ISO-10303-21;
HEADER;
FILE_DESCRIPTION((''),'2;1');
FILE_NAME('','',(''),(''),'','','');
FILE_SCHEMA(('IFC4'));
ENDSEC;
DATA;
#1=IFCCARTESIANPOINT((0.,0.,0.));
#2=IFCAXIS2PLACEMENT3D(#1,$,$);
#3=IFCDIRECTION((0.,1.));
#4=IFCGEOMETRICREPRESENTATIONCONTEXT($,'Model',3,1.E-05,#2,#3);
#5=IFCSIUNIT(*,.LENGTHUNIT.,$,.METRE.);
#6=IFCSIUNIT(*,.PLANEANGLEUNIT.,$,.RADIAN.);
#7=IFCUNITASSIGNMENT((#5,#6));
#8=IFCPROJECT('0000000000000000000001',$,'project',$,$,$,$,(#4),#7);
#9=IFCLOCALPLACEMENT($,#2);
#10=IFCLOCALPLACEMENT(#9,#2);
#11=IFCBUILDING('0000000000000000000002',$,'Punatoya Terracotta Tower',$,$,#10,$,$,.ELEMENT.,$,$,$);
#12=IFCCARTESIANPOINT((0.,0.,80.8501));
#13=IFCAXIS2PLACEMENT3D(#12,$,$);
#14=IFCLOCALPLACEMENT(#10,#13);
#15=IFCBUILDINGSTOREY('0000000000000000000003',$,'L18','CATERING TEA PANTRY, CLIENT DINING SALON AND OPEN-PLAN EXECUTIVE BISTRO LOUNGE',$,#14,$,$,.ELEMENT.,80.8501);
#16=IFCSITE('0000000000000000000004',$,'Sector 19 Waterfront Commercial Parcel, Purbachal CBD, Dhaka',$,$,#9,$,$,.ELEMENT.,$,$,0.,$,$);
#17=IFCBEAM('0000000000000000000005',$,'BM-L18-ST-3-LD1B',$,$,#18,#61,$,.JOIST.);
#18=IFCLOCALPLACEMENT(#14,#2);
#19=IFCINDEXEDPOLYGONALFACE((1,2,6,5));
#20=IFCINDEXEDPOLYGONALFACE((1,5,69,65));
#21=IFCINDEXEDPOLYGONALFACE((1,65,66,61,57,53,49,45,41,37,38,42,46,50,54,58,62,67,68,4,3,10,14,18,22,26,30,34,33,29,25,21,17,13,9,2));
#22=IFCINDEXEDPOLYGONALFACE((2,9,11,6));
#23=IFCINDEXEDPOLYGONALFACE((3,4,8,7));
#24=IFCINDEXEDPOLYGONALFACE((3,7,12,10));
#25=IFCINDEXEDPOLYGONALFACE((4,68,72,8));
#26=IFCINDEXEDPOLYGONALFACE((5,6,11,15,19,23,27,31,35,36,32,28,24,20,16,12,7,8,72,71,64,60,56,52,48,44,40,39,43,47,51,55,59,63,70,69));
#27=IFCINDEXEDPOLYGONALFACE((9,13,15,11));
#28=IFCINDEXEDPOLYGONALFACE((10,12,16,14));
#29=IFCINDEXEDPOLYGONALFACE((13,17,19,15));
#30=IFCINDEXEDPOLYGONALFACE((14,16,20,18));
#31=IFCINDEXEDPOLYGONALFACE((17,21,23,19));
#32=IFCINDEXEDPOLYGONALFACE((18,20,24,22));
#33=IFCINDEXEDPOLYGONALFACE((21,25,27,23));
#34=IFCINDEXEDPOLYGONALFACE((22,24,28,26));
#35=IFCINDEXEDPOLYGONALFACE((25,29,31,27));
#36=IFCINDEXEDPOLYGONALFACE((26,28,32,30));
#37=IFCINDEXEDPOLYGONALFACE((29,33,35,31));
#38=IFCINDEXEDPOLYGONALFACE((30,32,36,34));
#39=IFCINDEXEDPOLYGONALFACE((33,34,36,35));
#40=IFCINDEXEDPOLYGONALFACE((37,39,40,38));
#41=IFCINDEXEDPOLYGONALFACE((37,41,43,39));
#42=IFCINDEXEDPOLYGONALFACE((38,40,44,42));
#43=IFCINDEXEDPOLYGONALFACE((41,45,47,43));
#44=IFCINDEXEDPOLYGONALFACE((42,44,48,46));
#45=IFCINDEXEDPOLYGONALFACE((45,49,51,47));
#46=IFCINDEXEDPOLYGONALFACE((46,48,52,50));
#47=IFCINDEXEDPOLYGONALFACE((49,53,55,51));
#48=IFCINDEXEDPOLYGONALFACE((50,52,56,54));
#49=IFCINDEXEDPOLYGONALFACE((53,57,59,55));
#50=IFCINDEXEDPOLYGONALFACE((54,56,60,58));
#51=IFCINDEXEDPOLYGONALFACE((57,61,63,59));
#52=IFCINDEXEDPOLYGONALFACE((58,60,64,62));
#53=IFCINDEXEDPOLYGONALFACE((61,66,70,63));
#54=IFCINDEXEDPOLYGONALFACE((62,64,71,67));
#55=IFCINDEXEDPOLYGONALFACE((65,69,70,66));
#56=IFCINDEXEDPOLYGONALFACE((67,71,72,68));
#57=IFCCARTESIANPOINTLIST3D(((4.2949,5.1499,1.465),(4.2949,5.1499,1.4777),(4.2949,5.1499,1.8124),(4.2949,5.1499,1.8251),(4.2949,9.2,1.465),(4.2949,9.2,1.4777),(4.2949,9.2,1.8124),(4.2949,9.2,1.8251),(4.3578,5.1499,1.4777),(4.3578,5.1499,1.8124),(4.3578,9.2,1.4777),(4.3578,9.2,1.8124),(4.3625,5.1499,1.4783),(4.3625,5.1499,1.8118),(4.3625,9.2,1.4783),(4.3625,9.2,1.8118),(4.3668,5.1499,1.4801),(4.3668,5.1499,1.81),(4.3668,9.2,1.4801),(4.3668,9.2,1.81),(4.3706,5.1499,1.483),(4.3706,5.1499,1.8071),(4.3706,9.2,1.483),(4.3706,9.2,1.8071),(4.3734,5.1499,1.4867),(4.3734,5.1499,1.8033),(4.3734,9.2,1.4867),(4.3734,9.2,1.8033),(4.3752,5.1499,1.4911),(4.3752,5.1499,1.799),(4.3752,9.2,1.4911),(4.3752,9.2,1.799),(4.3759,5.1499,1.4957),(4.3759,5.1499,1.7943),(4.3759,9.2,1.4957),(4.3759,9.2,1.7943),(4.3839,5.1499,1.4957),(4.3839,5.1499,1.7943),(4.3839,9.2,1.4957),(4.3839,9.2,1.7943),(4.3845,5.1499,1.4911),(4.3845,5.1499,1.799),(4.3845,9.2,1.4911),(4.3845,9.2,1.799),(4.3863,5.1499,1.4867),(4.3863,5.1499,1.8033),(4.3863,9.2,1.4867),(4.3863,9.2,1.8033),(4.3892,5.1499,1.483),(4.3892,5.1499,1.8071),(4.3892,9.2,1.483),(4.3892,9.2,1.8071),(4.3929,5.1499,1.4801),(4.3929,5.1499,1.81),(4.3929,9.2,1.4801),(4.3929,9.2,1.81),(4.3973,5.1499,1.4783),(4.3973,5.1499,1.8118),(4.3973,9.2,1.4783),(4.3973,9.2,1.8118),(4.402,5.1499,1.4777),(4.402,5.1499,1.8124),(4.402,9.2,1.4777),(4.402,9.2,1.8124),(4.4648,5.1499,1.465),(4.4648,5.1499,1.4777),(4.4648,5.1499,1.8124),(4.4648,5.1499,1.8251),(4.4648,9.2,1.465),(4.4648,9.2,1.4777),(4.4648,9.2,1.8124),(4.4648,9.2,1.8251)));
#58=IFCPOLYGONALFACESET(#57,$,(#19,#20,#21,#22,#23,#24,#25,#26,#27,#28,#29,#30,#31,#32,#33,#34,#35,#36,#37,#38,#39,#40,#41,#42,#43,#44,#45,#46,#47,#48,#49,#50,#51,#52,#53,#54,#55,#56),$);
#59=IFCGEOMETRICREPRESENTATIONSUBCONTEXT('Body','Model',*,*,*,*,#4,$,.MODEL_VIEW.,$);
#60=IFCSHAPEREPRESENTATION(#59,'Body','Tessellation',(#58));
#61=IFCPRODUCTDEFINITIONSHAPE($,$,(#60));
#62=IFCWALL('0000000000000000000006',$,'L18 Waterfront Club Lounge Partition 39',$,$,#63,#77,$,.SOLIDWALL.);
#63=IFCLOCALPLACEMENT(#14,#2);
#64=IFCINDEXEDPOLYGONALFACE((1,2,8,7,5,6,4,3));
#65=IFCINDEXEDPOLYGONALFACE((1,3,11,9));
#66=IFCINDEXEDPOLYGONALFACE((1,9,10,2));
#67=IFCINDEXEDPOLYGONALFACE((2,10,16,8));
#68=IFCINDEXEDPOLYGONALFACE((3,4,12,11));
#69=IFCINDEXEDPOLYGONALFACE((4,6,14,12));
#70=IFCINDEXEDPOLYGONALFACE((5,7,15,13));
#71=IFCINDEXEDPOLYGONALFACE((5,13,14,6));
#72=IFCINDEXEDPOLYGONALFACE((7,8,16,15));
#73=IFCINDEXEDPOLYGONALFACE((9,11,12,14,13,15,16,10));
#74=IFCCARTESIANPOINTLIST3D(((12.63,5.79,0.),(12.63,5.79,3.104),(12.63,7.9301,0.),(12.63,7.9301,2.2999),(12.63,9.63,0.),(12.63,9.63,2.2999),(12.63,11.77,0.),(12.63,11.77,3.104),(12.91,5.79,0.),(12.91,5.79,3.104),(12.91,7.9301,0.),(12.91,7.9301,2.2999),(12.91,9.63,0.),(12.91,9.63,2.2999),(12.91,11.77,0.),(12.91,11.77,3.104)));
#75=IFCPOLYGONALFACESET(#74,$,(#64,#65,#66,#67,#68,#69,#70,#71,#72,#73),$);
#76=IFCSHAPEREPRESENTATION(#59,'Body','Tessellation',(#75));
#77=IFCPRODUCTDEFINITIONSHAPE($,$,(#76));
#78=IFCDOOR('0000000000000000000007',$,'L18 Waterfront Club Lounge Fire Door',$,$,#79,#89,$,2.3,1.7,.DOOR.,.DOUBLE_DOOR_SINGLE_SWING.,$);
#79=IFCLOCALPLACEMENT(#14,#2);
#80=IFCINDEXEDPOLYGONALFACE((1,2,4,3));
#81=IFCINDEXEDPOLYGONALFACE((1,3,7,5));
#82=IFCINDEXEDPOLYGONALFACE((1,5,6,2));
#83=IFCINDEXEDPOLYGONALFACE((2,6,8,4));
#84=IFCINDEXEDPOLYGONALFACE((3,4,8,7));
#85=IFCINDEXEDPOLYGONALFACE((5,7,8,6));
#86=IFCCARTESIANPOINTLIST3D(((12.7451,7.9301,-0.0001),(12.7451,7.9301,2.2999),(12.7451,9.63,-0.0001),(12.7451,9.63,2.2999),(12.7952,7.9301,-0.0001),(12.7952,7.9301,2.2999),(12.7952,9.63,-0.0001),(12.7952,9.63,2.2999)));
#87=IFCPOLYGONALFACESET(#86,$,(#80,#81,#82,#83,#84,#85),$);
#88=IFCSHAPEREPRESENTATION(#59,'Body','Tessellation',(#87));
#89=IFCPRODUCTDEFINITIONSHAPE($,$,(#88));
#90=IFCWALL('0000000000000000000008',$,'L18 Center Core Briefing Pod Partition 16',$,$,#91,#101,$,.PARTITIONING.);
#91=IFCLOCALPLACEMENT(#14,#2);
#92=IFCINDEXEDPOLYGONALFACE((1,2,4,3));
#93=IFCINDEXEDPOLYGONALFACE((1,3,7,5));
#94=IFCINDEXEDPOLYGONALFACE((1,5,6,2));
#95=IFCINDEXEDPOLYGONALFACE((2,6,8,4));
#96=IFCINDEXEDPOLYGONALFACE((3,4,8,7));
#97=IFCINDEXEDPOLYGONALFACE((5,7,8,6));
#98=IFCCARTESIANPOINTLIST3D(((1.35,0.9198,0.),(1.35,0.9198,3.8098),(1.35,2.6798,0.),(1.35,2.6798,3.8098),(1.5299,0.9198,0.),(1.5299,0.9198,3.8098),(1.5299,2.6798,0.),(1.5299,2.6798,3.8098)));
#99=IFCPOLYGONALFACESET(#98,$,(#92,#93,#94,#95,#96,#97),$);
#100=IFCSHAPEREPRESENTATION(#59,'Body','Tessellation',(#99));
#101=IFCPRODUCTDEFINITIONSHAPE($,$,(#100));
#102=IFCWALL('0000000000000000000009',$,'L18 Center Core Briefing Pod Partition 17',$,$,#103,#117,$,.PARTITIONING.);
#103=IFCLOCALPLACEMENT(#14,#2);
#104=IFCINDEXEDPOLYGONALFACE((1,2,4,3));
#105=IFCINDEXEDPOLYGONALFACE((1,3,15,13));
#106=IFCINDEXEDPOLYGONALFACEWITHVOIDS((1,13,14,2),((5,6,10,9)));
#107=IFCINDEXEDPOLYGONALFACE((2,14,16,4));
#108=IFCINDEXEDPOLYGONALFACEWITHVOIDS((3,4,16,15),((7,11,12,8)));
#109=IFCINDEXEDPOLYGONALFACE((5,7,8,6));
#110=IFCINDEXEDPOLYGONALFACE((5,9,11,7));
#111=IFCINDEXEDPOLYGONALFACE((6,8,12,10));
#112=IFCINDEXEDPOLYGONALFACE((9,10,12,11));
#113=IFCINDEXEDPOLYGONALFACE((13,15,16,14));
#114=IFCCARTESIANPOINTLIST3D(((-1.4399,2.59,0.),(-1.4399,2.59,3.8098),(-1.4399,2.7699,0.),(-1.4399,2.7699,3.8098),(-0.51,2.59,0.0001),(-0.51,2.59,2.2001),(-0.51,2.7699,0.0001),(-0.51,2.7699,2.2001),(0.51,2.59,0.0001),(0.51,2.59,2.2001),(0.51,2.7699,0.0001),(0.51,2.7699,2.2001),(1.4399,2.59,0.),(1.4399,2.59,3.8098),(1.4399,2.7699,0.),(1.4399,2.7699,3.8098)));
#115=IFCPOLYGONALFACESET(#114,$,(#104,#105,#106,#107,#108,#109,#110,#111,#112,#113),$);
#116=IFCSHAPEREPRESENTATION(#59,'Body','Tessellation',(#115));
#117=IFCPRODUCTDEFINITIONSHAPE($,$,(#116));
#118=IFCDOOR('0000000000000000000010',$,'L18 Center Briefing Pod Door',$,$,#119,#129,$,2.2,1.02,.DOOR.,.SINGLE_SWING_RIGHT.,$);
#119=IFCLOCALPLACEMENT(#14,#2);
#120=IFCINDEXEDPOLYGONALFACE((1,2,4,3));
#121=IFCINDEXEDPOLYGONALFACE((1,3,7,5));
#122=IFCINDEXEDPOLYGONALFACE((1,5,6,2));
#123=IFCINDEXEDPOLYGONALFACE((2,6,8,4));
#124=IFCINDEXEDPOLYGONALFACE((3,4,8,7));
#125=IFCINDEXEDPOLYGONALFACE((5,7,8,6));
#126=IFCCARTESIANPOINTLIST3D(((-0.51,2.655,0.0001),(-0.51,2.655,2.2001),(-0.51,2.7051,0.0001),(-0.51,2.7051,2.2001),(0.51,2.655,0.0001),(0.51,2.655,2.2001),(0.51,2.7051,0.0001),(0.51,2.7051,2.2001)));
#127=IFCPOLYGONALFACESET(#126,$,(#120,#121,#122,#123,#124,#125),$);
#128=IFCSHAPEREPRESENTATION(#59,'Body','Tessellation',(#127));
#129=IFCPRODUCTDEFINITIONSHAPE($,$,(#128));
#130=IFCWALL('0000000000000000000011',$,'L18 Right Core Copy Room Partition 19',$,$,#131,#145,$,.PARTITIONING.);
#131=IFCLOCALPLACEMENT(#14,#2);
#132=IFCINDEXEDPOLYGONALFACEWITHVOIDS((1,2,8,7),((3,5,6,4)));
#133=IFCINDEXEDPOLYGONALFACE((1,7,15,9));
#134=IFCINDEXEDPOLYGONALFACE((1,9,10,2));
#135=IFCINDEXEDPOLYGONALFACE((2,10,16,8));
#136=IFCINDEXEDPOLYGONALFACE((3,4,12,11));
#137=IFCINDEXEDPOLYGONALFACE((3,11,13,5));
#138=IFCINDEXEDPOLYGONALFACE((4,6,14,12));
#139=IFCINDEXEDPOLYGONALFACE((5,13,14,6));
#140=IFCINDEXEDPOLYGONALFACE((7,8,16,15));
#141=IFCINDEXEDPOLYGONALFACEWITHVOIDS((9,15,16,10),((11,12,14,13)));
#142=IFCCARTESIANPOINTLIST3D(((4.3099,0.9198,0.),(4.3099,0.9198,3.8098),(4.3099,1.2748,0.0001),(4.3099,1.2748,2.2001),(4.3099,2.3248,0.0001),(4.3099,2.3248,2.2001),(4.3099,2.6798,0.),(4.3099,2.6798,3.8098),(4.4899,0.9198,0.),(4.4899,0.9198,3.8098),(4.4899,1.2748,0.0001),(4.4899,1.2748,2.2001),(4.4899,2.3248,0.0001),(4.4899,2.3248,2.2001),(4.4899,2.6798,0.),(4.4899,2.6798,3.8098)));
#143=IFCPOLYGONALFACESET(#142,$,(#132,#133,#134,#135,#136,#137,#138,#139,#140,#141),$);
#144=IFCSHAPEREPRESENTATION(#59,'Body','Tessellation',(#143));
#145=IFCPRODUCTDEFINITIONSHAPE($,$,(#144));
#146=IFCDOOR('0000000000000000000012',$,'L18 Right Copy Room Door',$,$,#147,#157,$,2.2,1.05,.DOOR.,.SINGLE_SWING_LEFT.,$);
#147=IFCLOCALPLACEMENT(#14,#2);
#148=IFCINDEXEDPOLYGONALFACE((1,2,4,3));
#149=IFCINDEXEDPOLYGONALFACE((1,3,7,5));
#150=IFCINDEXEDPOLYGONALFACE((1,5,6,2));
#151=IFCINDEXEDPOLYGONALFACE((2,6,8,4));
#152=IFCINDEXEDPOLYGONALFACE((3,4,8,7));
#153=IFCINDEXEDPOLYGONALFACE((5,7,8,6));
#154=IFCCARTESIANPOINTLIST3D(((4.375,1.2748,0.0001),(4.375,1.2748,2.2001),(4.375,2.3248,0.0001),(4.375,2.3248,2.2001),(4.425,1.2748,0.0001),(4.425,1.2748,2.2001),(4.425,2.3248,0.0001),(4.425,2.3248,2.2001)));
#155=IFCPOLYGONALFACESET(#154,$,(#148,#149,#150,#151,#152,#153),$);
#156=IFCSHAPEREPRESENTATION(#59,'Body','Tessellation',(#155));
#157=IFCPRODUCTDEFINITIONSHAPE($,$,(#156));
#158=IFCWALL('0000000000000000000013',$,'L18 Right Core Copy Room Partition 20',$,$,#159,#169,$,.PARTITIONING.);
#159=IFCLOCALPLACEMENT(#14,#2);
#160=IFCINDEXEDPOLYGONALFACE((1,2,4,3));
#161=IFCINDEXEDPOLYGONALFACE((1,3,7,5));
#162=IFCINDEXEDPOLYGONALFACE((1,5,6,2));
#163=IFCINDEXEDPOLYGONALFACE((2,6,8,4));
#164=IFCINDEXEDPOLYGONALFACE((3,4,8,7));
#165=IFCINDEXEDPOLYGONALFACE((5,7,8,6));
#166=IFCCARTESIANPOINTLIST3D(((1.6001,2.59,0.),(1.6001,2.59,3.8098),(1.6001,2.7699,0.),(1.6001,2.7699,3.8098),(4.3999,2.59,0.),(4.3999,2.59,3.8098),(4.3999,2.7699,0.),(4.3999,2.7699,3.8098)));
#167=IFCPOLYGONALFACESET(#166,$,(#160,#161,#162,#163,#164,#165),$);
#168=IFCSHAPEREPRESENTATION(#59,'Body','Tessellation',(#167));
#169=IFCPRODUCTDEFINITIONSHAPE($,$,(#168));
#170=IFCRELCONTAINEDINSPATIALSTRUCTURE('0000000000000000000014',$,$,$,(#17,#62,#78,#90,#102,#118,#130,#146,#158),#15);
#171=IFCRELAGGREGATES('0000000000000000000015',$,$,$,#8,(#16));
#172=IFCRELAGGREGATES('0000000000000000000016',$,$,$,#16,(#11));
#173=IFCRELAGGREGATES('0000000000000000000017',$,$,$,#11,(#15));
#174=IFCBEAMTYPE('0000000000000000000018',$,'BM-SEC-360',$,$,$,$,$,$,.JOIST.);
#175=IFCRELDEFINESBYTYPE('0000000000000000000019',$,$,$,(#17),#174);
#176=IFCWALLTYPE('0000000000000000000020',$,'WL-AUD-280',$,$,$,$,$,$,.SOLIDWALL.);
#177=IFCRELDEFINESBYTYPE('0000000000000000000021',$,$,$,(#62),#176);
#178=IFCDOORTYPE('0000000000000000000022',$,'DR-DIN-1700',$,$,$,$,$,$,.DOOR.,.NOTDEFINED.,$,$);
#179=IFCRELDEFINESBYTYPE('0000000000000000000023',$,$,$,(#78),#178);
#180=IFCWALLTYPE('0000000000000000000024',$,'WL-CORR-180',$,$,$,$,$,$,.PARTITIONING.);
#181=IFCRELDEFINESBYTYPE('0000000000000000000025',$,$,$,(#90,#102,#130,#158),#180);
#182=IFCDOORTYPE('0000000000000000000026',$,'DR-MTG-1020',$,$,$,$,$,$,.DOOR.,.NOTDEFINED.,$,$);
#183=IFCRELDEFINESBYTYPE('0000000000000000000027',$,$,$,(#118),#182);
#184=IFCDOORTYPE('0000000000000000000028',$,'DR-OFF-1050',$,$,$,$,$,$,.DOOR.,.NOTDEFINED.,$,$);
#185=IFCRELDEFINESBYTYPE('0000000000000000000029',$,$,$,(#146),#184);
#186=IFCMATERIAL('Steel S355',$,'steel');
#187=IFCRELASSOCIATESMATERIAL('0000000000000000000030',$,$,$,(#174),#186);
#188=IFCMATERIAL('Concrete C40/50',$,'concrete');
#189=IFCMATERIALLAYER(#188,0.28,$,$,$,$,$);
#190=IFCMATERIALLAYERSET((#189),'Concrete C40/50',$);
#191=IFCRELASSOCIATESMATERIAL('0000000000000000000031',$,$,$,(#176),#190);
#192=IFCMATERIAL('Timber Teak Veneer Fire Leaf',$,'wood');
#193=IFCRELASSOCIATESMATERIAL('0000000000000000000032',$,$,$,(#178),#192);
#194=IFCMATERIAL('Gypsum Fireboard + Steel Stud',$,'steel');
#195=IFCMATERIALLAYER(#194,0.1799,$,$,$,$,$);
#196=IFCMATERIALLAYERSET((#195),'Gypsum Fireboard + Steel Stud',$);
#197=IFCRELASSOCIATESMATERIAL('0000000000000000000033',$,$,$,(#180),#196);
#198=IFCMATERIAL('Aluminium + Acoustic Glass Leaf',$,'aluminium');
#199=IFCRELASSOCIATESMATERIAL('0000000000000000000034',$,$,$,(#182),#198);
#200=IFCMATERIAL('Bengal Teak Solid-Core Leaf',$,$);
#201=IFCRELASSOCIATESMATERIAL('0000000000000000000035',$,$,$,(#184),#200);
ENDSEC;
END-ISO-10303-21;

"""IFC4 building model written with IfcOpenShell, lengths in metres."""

from ifc_helpers import new_model, si_unit, direction, frame, frame_2d, origin, origin_2d, place, context, subcontext, project, spatial, rectangle, i_section, extrude, material, layer, layer_set, material_profile, profile_set, type_object, element, fill, save


model = new_model("IFC4")

# Units and contexts
model_context = context("Model", 3, precision=1e-05, world=origin(), true_north=direction((0.0, 1.0)))
body_context = subcontext(model_context, "Body", "Model", "MODEL_VIEW")
ifc_project = project(units=[si_unit("LENGTHUNIT", "METRE"), si_unit("PLANEANGLEUNIT", "RADIAN")], contexts=[model_context])

# Site, building, storey
site_placement = place(None, origin())
site = spatial("IfcSite", under=ifc_project, at=site_placement, Name="Sector 19 Waterfront Commercial Parcel, Purbachal CBD, Dhaka", CompositionType="ELEMENT", RefElevation=0.0)
building_placement = place(site_placement, origin())
building = spatial("IfcBuilding", under=site, at=building_placement, Name="Punatoya Terracotta Tower", CompositionType="ELEMENT")
storey_placement = place(building_placement, frame((0.0, 0.0, 80.8501)))
storey = spatial("IfcBuildingStorey", under=building, at=storey_placement, Name="L18", Description="CATERING TEA PANTRY, CLIENT DINING SALON AND OPEN-PLAN EXECUTIVE BISTRO LOUNGE", CompositionType="ELEMENT", Elevation=80.8501)

# Beam
ifc_material_1 = material(Name="Steel S355", Category="steel")
ifc_material_profile_1 = material_profile(ifc_material_1, i_section(OverallWidth=0.1699, OverallDepth=0.3601, WebThickness=0.0081, FlangeThickness=0.0127, FilletRadius=0.0181, at=origin_2d()))
ifc_profile_set_1 = profile_set([ifc_material_profile_1], Name="Steel S355")
beam_type_1 = type_object("IfcBeamType", Name="BM-SEC-360", PredefinedType="JOIST", material=ifc_profile_set_1)
for number, where, z_axis, x_axis, name in (
    (1, (4.3799, 5.1499, 1.645), (0.0, 1.0, 0.0), (-1.0, 0.0, 0.0), "BM-L18-ST-3-LD1B"),
):
    element("IfcBeam", number, at=place(storey_placement, frame(where, z_axis=z_axis, x_axis=x_axis)), inside=storey, type_object=beam_type_1, Name=name, PredefinedType="JOIST", context=body_context, shape_type="SweptSolid", body=[
        extrude(i_section(OverallWidth=0.1699, OverallDepth=0.3601, WebThickness=0.0081, FlangeThickness=0.0127, FilletRadius=0.0181, at=origin_2d()), origin(), (0.0, 0.0, 1.0), 4.05),
    ])

# Wall, opening, door
ifc_material_2 = material(Name="Concrete C40/50", Category="concrete")
ifc_layer_1 = layer(ifc_material_2, 0.28)
ifc_layer_set_1 = layer_set([ifc_layer_1], Name="Concrete C40/50")
wall_type_1 = type_object("IfcWallType", Name="WL-AUD-280", PredefinedType="SOLIDWALL", material=ifc_layer_set_1)
wall_1_placement = place(storey_placement, frame((12.77, 5.79, 0.0), z_axis=(0.0, 0.0, 1.0), x_axis=(0.0, 1.0, 0.0)))
wall_1 = element("IfcWall", 2, at=wall_1_placement, inside=storey, type_object=wall_type_1, Name="L18 Waterfront Club Lounge Partition 39", PredefinedType="SOLIDWALL", context=body_context, shape_type="SweptSolid", body=[
    extrude(rectangle(XDim=5.98, YDim=0.28, at=frame_2d((2.99, 0.0))), origin(), (0.0, 0.0, 1.0), 3.104),
])
opening_1_placement = place(wall_1_placement, frame((2.1399, 0.0, 0.0)))
opening_1 = element("IfcOpeningElement", 3, at=opening_1_placement, cuts=wall_1, PredefinedType="OPENING", context=body_context, shape_type="SweptSolid", body=[
    extrude(rectangle(XDim=1.7, YDim=2.3, at=frame_2d((0.8501, 1.1499))), frame((0.0, 0.1499, 0.0), z_axis=(0.0, -1.0, 0.0), x_axis=(1.0, 0.0, 0.0)), (0.0, 0.0, 1.0), 0.3),
])
ifc_material_3 = material(Name="Timber Teak Veneer Fire Leaf", Category="wood")
door_type_1 = type_object("IfcDoorType", Name="DR-DIN-1700", OperationType="NOTDEFINED", PredefinedType="DOOR", material=ifc_material_3)
door_1_placement = place(opening_1_placement, origin())
door_1 = element("IfcDoor", 4, at=door_1_placement, inside=storey, type_object=door_type_1, Name="L18 Waterfront Club Lounge Fire Door", OperationType="DOUBLE_DOOR_SINGLE_SWING", OverallHeight=2.3, OverallWidth=1.7, PredefinedType="DOOR", context=body_context, shape_type="SweptSolid", body=[
    extrude(rectangle(XDim=1.7, YDim=2.3, at=frame_2d((0.8501, 1.1499))), frame((0.0, 0.0249, 0.0), z_axis=(0.0, -1.0, 0.0), x_axis=(1.0, 0.0, 0.0)), (0.0, 0.0, 1.0), 0.05),
])
fill(opening_1, door_1)

# Wall
ifc_material_4 = material(Name="Gypsum Fireboard + Steel Stud", Category="steel")
ifc_layer_2 = layer(ifc_material_4, 0.1799)
ifc_layer_set_2 = layer_set([ifc_layer_2], Name="Gypsum Fireboard + Steel Stud")
wall_type_2 = type_object("IfcWallType", Name="WL-CORR-180", PredefinedType="PARTITIONING", material=ifc_layer_set_2)
wall_2_placement = place(storey_placement, frame((1.4399, 0.9199, 0.0), z_axis=(0.0, 0.0, 1.0), x_axis=(0.0, 1.0, 0.0)))
element("IfcWall", 5, at=wall_2_placement, inside=storey, type_object=wall_type_2, Name="L18 Center Core Briefing Pod Partition 16", PredefinedType="PARTITIONING", context=body_context, shape_type="SweptSolid", body=[
    extrude(rectangle(XDim=1.76, YDim=0.1799, at=frame_2d((0.8799, 0.0))), origin(), (0.0, 0.0, 1.0), 3.8098),
])

# Walls, openings, doors
wall_3_placement = place(storey_placement, frame((1.4399, 2.6799, 0.0), z_axis=(0.0, 0.0, 1.0), x_axis=(-1.0, 0.0, 0.0)))
wall_3 = element("IfcWall", 6, at=wall_3_placement, inside=storey, type_object=wall_type_2, Name="L18 Center Core Briefing Pod Partition 17", PredefinedType="PARTITIONING", context=body_context, shape_type="SweptSolid", body=[
    extrude(rectangle(XDim=2.8799, YDim=0.1799, at=frame_2d((1.4399, 0.0))), origin(), (0.0, 0.0, 1.0), 3.8098),
])
opening_2_placement = place(wall_3_placement, frame((0.9299, 0.0, 0.0)))
opening_2 = element("IfcOpeningElement", 7, at=opening_2_placement, cuts=wall_3, PredefinedType="OPENING", context=body_context, shape_type="SweptSolid", body=[
    extrude(rectangle(XDim=1.02, YDim=2.2, at=frame_2d((0.51, 1.1001))), frame((0.0, 0.0999, 0.0), z_axis=(0.0, -1.0, 0.0), x_axis=(1.0, 0.0, 0.0)), (0.0, 0.0, 1.0), 0.2),
])
ifc_material_5 = material(Name="Aluminium + Acoustic Glass Leaf", Category="aluminium")
door_type_2 = type_object("IfcDoorType", Name="DR-MTG-1020", OperationType="NOTDEFINED", PredefinedType="DOOR", material=ifc_material_5)
door_2_placement = place(opening_2_placement, origin())
door_2 = element("IfcDoor", 8, at=door_2_placement, inside=storey, type_object=door_type_2, Name="L18 Center Briefing Pod Door", OperationType="SINGLE_SWING_RIGHT", OverallHeight=2.2, OverallWidth=1.02, PredefinedType="DOOR", context=body_context, shape_type="SweptSolid", body=[
    extrude(rectangle(XDim=1.02, YDim=2.2, at=frame_2d((0.51, 1.1001))), frame((0.0, 0.0249, 0.0), z_axis=(0.0, -1.0, 0.0), x_axis=(1.0, 0.0, 0.0)), (0.0, 0.0, 1.0), 0.05),
])
fill(opening_2, door_2)
wall_4_placement = place(storey_placement, frame((4.3999, 0.9199, 0.0), z_axis=(0.0, 0.0, 1.0), x_axis=(0.0, 1.0, 0.0)))
wall_4 = element("IfcWall", 9, at=wall_4_placement, inside=storey, type_object=wall_type_2, Name="L18 Right Core Copy Room Partition 19", PredefinedType="PARTITIONING", context=body_context, shape_type="SweptSolid", body=[
    extrude(rectangle(XDim=1.76, YDim=0.1799, at=frame_2d((0.8799, 0.0))), origin(), (0.0, 0.0, 1.0), 3.8098),
])
opening_3_placement = place(wall_4_placement, frame((0.355, 0.0, 0.0)))
opening_3 = element("IfcOpeningElement", 10, at=opening_3_placement, cuts=wall_4, PredefinedType="OPENING", context=body_context, shape_type="SweptSolid", body=[
    extrude(rectangle(XDim=1.05, YDim=2.2, at=frame_2d((0.5249, 1.1001))), frame((0.0, 0.0999, 0.0), z_axis=(0.0, -1.0, 0.0), x_axis=(1.0, 0.0, 0.0)), (0.0, 0.0, 1.0), 0.2),
])
ifc_material_6 = material(Name="Bengal Teak Solid-Core Leaf")
door_type_3 = type_object("IfcDoorType", Name="DR-OFF-1050", OperationType="NOTDEFINED", PredefinedType="DOOR", material=ifc_material_6)
door_3_placement = place(opening_3_placement, origin())
door_3 = element("IfcDoor", 11, at=door_3_placement, inside=storey, type_object=door_type_3, Name="L18 Right Copy Room Door", OperationType="SINGLE_SWING_LEFT", OverallHeight=2.2, OverallWidth=1.05, PredefinedType="DOOR", context=body_context, shape_type="SweptSolid", body=[
    extrude(rectangle(XDim=1.05, YDim=2.2, at=frame_2d((0.5249, 1.1001))), frame((0.0, 0.0249, 0.0), z_axis=(0.0, -1.0, 0.0), x_axis=(1.0, 0.0, 0.0)), (0.0, 0.0, 1.0), 0.05),
])
fill(opening_3, door_3)

# Wall
for number, where, z_axis, x_axis, name in (
    (12, (4.3999, 2.6799, 0.0), (0.0, 0.0, 1.0), (-1.0, 0.0, 0.0), "L18 Right Core Copy Room Partition 20"),
):
    element("IfcWall", number, at=place(storey_placement, frame(where, z_axis=z_axis, x_axis=x_axis)), inside=storey, type_object=wall_type_2, Name=name, PredefinedType="PARTITIONING", context=body_context, shape_type="SweptSolid", body=[
        extrude(rectangle(XDim=2.7998, YDim=0.1799, at=frame_2d((1.3999, 0.0))), origin(), (0.0, 0.0, 1.0), 3.8098),
    ])

save(model, "model.ifc")
